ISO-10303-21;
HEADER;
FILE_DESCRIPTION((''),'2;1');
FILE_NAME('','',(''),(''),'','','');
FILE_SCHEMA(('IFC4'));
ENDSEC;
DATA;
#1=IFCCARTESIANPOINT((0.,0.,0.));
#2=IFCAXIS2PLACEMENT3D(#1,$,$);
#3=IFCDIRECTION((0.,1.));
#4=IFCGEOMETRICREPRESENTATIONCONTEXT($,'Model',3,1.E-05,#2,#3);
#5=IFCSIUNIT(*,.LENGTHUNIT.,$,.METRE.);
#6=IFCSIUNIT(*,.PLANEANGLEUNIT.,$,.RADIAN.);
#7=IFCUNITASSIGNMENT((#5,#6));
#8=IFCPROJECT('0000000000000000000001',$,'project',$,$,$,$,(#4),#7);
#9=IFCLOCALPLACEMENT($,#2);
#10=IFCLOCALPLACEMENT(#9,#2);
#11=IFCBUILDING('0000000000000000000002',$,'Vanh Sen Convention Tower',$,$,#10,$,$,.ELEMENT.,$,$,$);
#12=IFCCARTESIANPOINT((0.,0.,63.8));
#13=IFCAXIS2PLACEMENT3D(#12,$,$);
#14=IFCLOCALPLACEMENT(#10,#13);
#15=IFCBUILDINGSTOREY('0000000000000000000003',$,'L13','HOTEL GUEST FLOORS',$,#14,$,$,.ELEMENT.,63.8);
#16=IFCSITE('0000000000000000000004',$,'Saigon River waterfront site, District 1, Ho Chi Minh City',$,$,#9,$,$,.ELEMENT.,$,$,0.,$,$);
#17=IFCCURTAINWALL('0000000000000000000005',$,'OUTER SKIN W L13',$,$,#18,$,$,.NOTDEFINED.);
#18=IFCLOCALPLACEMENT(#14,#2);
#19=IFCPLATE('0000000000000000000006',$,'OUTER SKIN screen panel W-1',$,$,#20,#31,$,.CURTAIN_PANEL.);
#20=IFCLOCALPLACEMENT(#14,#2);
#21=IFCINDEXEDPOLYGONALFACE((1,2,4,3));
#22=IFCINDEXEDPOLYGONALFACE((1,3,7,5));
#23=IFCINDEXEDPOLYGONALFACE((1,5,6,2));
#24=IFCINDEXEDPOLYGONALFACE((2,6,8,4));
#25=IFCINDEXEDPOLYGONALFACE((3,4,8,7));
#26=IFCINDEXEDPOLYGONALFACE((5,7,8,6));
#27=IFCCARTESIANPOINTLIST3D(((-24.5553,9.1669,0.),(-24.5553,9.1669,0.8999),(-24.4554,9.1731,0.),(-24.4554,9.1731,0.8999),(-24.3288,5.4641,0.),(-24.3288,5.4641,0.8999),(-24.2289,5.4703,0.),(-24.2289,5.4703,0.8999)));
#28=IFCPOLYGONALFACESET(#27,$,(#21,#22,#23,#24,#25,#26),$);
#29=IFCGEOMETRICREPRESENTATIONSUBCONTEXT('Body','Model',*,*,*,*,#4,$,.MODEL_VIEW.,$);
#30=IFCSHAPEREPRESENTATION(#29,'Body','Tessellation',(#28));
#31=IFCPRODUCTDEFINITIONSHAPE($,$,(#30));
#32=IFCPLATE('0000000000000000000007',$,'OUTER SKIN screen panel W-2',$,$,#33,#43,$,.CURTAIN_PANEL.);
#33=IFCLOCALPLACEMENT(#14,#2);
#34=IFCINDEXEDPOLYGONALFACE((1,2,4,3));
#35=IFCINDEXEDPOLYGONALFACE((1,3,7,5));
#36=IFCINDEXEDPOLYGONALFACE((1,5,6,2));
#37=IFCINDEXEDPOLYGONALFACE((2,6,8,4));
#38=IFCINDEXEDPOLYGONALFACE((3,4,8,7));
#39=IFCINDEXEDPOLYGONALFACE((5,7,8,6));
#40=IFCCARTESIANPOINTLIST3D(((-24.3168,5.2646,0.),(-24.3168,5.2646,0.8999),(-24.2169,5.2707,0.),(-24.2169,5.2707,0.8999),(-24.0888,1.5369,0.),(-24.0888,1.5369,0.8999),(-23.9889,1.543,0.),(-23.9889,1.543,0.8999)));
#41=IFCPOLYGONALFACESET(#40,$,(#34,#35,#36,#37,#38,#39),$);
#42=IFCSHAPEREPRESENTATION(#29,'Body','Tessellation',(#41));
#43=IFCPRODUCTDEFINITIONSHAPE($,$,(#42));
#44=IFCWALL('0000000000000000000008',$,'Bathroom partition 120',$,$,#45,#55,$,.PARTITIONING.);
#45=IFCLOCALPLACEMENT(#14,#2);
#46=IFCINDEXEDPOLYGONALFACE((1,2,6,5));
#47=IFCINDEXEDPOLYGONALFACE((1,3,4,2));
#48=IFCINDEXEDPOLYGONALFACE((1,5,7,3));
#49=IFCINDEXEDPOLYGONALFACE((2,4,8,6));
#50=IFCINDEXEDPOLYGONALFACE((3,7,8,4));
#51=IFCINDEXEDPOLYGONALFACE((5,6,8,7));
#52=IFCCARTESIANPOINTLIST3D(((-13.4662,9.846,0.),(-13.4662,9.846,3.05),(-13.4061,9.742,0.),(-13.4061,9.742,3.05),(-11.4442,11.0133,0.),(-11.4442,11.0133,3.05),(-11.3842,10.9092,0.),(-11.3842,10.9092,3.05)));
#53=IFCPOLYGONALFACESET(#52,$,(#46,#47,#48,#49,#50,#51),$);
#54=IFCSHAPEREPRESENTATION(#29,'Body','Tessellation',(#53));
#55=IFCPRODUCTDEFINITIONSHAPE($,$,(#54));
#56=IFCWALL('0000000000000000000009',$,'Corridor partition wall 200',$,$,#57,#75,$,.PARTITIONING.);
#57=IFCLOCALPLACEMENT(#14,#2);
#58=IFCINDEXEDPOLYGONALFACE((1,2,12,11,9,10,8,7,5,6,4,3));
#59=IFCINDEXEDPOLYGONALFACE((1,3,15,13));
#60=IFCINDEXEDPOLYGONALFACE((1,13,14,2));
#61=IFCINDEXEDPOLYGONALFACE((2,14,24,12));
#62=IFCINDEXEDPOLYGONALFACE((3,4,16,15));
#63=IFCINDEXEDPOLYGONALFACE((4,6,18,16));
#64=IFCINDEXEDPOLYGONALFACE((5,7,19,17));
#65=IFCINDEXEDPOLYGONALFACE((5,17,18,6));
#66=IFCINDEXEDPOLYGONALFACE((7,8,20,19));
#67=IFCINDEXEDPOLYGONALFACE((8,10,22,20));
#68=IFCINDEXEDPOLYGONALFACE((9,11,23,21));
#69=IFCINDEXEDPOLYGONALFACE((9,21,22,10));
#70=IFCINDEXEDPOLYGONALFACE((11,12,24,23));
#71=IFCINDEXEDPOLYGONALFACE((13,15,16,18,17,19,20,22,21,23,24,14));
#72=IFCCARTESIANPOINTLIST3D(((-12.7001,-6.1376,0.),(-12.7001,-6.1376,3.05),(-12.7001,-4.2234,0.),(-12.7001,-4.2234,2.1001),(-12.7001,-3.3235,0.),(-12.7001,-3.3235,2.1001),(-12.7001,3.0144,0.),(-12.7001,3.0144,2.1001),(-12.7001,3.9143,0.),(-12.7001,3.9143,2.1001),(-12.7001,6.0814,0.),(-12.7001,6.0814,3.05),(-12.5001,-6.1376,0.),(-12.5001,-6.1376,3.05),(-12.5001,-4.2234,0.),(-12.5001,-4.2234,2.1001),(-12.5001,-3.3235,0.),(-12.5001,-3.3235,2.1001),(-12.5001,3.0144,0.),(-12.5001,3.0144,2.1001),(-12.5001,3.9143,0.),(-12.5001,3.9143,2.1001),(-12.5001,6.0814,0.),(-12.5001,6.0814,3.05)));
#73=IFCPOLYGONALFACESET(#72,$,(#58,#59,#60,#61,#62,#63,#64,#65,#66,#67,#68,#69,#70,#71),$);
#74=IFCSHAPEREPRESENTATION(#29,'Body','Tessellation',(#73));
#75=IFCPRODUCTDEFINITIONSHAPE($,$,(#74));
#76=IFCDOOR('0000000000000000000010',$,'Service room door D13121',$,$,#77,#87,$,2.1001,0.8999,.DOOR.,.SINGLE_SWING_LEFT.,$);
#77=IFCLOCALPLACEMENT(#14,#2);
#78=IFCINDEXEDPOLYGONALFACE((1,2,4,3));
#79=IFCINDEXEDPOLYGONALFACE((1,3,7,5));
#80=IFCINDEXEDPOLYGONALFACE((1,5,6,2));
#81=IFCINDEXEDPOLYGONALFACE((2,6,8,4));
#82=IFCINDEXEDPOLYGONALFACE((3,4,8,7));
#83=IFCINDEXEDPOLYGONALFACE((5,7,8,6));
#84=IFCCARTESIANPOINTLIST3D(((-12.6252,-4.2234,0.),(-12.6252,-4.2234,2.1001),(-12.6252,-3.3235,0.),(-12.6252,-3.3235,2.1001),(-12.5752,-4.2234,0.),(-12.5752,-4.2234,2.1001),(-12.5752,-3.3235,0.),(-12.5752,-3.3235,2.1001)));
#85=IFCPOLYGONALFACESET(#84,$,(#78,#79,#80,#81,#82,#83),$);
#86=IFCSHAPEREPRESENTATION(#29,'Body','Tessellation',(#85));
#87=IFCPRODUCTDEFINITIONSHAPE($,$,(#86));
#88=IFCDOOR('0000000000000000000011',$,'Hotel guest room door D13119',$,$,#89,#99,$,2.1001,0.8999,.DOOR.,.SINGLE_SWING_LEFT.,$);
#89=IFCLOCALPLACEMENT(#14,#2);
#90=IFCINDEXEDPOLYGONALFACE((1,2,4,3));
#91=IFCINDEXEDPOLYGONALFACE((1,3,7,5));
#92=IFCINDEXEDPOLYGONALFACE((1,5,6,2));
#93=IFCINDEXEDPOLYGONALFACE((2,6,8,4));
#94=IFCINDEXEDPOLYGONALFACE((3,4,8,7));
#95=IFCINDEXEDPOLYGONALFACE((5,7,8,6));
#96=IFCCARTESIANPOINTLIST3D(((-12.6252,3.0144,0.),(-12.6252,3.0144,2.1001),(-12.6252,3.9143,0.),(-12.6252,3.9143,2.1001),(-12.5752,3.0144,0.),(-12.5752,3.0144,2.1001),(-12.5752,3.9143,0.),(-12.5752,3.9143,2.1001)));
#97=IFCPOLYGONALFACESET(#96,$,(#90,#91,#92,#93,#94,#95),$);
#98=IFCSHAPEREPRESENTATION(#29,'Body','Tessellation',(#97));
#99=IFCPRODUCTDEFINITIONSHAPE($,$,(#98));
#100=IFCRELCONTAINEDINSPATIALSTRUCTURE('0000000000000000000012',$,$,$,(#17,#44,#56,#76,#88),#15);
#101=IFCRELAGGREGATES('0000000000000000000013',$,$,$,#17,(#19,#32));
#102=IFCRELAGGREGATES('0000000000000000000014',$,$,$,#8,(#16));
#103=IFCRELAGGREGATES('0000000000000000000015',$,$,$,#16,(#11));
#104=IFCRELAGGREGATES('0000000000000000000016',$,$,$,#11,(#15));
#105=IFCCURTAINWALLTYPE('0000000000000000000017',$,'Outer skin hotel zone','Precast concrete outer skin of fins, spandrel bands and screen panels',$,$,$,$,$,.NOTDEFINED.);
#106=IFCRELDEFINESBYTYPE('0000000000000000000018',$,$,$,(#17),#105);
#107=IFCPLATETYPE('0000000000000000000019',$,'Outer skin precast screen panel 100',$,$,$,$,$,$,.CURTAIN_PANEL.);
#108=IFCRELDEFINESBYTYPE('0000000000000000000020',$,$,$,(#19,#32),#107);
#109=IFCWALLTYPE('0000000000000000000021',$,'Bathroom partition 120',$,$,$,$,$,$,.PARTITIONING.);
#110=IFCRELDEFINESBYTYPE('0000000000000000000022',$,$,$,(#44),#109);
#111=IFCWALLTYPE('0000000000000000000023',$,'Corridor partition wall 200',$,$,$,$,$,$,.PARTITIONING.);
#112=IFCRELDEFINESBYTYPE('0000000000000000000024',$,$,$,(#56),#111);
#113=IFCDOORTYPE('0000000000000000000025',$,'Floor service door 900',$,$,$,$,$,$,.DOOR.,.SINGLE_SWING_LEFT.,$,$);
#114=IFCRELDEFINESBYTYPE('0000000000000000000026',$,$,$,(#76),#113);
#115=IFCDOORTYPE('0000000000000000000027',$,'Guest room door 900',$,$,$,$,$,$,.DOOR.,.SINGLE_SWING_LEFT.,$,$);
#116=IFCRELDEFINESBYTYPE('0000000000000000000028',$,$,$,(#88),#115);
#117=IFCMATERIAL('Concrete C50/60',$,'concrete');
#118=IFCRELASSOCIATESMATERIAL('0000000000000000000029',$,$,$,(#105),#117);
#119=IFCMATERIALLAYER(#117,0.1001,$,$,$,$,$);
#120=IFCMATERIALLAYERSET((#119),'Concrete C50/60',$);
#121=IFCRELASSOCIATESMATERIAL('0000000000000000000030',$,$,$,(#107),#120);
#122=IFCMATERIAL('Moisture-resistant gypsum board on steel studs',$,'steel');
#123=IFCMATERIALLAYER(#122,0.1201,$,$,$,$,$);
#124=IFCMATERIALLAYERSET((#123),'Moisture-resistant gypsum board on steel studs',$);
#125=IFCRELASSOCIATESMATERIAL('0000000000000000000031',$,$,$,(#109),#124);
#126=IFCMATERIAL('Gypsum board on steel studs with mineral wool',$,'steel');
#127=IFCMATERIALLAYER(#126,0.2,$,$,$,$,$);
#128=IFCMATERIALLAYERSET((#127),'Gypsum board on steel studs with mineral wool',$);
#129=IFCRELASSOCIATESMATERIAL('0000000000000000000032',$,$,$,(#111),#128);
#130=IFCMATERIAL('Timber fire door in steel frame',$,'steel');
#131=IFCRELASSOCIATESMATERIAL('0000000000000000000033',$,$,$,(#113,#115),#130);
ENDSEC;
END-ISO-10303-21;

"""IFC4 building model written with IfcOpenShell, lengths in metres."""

from ifc_helpers import new_model, si_unit, direction, frame, frame_2d, origin, origin_2d, place, context, subcontext, project, spatial, rectangle, extrude, material, layer, layer_set, type_object, element, fill, aggregate, save


model = new_model("IFC4")

# Units and contexts
model_context = context("Model", 3, precision=1e-05, world=origin(), true_north=direction((0.0, 1.0)))
body_context = subcontext(model_context, "Body", "Model", "MODEL_VIEW")
ifc_project = project(units=[si_unit("LENGTHUNIT", "METRE"), si_unit("PLANEANGLEUNIT", "RADIAN")], contexts=[model_context])

# Site, building, storey
site_placement = place(None, origin())
site = spatial("IfcSite", under=ifc_project, at=site_placement, Name="Saigon River waterfront site, District 1, Ho Chi Minh City", CompositionType="ELEMENT", RefElevation=0.0)
building_placement = place(site_placement, origin())
building = spatial("IfcBuilding", under=site, at=building_placement, Name="Vanh Sen Convention Tower", CompositionType="ELEMENT")
storey_placement = place(building_placement, frame((0.0, 0.0, 63.8)))
storey = spatial("IfcBuildingStorey", under=building, at=storey_placement, Name="L13", Description="HOTEL GUEST FLOORS", CompositionType="ELEMENT", Elevation=63.8)

# Curtain wall
ifc_material_1 = material(Name="Concrete C50/60", Category="concrete")
curtain_wall_type = type_object("IfcCurtainWallType", Name="Outer skin hotel zone", Description="Precast concrete outer skin of fins, spandrel bands and screen panels", PredefinedType="NOTDEFINED", material=ifc_material_1)
curtain_wall_1_placement = place(storey_placement, origin())
curtain_wall_1 = element("IfcCurtainWall", 1, at=curtain_wall_1_placement, inside=storey, type_object=curtain_wall_type, Name="OUTER SKIN W L13", PredefinedType="NOTDEFINED")

# Shared definitions
ifc_layer_1 = layer(ifc_material_1, 0.1001)
ifc_layer_set_1 = layer_set([ifc_layer_1], Name="Concrete C50/60")
plate_type = type_object("IfcPlateType", Name="Outer skin precast screen panel 100", PredefinedType="CURTAIN_PANEL", material=ifc_layer_set_1)

# Plates
plate_1_placement = place(storey_placement, frame((-24.3921, 7.3186, 0.0), z_axis=(0.0, 0.0, 1.0), x_axis=(0.061047, -0.998135, 0.0)))
plate_1 = element("IfcPlate", 2, at=plate_1_placement, type_object=plate_type, Name="OUTER SKIN screen panel W-1", PredefinedType="CURTAIN_PANEL", context=body_context, shape_type="SweptSolid", body=[
    extrude(rectangle(XDim=3.7097, YDim=0.1001, at=origin_2d()), origin(), (0.0, 0.0, 1.0), 0.8999),
])
plate_2_placement = place(storey_placement, frame((-24.1528, 3.4038, 0.0), z_axis=(0.0, 0.0, 1.0), x_axis=(0.061049, -0.998135, 0.0)))
plate_2 = element("IfcPlate", 3, at=plate_2_placement, type_object=plate_type, Name="OUTER SKIN screen panel W-2", PredefinedType="CURTAIN_PANEL", context=body_context, shape_type="SweptSolid", body=[
    extrude(rectangle(XDim=3.7346, YDim=0.1001, at=origin_2d()), origin(), (0.0, 0.0, 1.0), 0.8999),
])
aggregate(curtain_wall_1, [plate_1, plate_2])

# Wall
ifc_material_2 = material(Name="Moisture-resistant gypsum board on steel studs", Category="steel")
ifc_layer_2 = layer(ifc_material_2, 0.1201)
ifc_layer_set_2 = layer_set([ifc_layer_2], Name="Moisture-resistant gypsum board on steel studs")
wall_type_1 = type_object("IfcWallType", Name="Bathroom partition 120", PredefinedType="PARTITIONING", material=ifc_layer_set_2)
wall_1_placement = place(storey_placement, frame((-13.4363, 9.7939, 0.0), z_axis=(0.0, 0.0, 1.0), x_axis=(0.866053, 0.499952, 0.0)))
element("IfcWall", 4, at=wall_1_placement, inside=storey, type_object=wall_type_1, Name="Bathroom partition 120", PredefinedType="PARTITIONING", context=body_context, shape_type="SweptSolid", body=[
    extrude(rectangle(XDim=2.3347, YDim=0.1201, at=frame_2d((1.1675, 0.0))), origin(), (0.0, 0.0, 1.0), 3.05),
])

# Wall, openings, doors
ifc_material_3 = material(Name="Gypsum board on steel studs with mineral wool", Category="steel")
ifc_layer_3 = layer(ifc_material_3, 0.2)
ifc_layer_set_3 = layer_set([ifc_layer_3], Name="Gypsum board on steel studs with mineral wool")
wall_type_2 = type_object("IfcWallType", Name="Corridor partition wall 200", PredefinedType="PARTITIONING", material=ifc_layer_set_3)
wall_2_placement = place(storey_placement, frame((-12.6001, 6.0813, 0.0), z_axis=(0.0, 0.0, 1.0), x_axis=(0.0, -1.0, 0.0)))
wall_2 = element("IfcWall", 5, at=wall_2_placement, inside=storey, type_object=wall_type_2, Name="Corridor partition wall 200", PredefinedType="PARTITIONING", context=body_context, shape_type="SweptSolid", body=[
    extrude(rectangle(XDim=12.219, YDim=0.2, at=frame_2d((6.1094, 0.0))), origin(), (0.0, 0.0, 1.0), 3.05),
])
opening_1_placement = place(wall_2_placement, frame((2.167, 0.0, 0.0)))
opening_1 = element("IfcOpeningElement", 6, at=opening_1_placement, cuts=wall_2, PredefinedType="OPENING", context=body_context, shape_type="SweptSolid", body=[
    extrude(rectangle(XDim=0.8999, YDim=2.1001, at=frame_2d((0.45, 1.05))), frame((0.0, 0.1099, 0.0), z_axis=(0.0, -1.0, 0.0), x_axis=(1.0, 0.0, 0.0)), (0.0, 0.0, 1.0), 0.22),
])
opening_2_placement = place(wall_2_placement, frame((9.4048, 0.0, 0.0)))
opening_2 = element("IfcOpeningElement", 7, at=opening_2_placement, cuts=wall_2, PredefinedType="OPENING", context=body_context, shape_type="SweptSolid", body=[
    extrude(rectangle(XDim=0.8999, YDim=2.1001, at=frame_2d((0.45, 1.05))), frame((0.0, 0.1099, 0.0), z_axis=(0.0, -1.0, 0.0), x_axis=(1.0, 0.0, 0.0)), (0.0, 0.0, 1.0), 0.22),
])
ifc_material_4 = material(Name="Timber fire door in steel frame", Category="steel")
door_type_1 = type_object("IfcDoorType", Name="Floor service door 900", OperationType="SINGLE_SWING_LEFT", PredefinedType="DOOR", material=ifc_material_4)
door_1_placement = place(opening_2_placement, origin())
door_1 = element("IfcDoor", 8, at=door_1_placement, inside=storey, type_object=door_type_1, Name="Service room door D13121", OperationType="SINGLE_SWING_LEFT", OverallHeight=2.1001, OverallWidth=0.8999, PredefinedType="DOOR", context=body_context, shape_type="SweptSolid", body=[
    extrude(rectangle(XDim=0.8999, YDim=2.1001, at=frame_2d((0.45, 1.05))), frame((0.0, 0.0249, 0.0), z_axis=(0.0, -1.0, 0.0), x_axis=(1.0, 0.0, 0.0)), (0.0, 0.0, 1.0), 0.05),
])
fill(opening_2, door_1)
door_type_2 = type_object("IfcDoorType", Name="Guest room door 900", OperationType="SINGLE_SWING_LEFT", PredefinedType="DOOR", material=ifc_material_4)
door_2_placement = place(opening_1_placement, origin())
door_2 = element("IfcDoor", 9, at=door_2_placement, inside=storey, type_object=door_type_2, Name="Hotel guest room door D13119", OperationType="SINGLE_SWING_LEFT", OverallHeight=2.1001, OverallWidth=0.8999, PredefinedType="DOOR", context=body_context, shape_type="SweptSolid", body=[
    extrude(rectangle(XDim=0.8999, YDim=2.1001, at=frame_2d((0.45, 1.05))), frame((0.0, 0.0249, 0.0), z_axis=(0.0, -1.0, 0.0), x_axis=(1.0, 0.0, 0.0)), (0.0, 0.0, 1.0), 0.05),
])
fill(opening_1, door_2)

save(model, "model.ifc")
